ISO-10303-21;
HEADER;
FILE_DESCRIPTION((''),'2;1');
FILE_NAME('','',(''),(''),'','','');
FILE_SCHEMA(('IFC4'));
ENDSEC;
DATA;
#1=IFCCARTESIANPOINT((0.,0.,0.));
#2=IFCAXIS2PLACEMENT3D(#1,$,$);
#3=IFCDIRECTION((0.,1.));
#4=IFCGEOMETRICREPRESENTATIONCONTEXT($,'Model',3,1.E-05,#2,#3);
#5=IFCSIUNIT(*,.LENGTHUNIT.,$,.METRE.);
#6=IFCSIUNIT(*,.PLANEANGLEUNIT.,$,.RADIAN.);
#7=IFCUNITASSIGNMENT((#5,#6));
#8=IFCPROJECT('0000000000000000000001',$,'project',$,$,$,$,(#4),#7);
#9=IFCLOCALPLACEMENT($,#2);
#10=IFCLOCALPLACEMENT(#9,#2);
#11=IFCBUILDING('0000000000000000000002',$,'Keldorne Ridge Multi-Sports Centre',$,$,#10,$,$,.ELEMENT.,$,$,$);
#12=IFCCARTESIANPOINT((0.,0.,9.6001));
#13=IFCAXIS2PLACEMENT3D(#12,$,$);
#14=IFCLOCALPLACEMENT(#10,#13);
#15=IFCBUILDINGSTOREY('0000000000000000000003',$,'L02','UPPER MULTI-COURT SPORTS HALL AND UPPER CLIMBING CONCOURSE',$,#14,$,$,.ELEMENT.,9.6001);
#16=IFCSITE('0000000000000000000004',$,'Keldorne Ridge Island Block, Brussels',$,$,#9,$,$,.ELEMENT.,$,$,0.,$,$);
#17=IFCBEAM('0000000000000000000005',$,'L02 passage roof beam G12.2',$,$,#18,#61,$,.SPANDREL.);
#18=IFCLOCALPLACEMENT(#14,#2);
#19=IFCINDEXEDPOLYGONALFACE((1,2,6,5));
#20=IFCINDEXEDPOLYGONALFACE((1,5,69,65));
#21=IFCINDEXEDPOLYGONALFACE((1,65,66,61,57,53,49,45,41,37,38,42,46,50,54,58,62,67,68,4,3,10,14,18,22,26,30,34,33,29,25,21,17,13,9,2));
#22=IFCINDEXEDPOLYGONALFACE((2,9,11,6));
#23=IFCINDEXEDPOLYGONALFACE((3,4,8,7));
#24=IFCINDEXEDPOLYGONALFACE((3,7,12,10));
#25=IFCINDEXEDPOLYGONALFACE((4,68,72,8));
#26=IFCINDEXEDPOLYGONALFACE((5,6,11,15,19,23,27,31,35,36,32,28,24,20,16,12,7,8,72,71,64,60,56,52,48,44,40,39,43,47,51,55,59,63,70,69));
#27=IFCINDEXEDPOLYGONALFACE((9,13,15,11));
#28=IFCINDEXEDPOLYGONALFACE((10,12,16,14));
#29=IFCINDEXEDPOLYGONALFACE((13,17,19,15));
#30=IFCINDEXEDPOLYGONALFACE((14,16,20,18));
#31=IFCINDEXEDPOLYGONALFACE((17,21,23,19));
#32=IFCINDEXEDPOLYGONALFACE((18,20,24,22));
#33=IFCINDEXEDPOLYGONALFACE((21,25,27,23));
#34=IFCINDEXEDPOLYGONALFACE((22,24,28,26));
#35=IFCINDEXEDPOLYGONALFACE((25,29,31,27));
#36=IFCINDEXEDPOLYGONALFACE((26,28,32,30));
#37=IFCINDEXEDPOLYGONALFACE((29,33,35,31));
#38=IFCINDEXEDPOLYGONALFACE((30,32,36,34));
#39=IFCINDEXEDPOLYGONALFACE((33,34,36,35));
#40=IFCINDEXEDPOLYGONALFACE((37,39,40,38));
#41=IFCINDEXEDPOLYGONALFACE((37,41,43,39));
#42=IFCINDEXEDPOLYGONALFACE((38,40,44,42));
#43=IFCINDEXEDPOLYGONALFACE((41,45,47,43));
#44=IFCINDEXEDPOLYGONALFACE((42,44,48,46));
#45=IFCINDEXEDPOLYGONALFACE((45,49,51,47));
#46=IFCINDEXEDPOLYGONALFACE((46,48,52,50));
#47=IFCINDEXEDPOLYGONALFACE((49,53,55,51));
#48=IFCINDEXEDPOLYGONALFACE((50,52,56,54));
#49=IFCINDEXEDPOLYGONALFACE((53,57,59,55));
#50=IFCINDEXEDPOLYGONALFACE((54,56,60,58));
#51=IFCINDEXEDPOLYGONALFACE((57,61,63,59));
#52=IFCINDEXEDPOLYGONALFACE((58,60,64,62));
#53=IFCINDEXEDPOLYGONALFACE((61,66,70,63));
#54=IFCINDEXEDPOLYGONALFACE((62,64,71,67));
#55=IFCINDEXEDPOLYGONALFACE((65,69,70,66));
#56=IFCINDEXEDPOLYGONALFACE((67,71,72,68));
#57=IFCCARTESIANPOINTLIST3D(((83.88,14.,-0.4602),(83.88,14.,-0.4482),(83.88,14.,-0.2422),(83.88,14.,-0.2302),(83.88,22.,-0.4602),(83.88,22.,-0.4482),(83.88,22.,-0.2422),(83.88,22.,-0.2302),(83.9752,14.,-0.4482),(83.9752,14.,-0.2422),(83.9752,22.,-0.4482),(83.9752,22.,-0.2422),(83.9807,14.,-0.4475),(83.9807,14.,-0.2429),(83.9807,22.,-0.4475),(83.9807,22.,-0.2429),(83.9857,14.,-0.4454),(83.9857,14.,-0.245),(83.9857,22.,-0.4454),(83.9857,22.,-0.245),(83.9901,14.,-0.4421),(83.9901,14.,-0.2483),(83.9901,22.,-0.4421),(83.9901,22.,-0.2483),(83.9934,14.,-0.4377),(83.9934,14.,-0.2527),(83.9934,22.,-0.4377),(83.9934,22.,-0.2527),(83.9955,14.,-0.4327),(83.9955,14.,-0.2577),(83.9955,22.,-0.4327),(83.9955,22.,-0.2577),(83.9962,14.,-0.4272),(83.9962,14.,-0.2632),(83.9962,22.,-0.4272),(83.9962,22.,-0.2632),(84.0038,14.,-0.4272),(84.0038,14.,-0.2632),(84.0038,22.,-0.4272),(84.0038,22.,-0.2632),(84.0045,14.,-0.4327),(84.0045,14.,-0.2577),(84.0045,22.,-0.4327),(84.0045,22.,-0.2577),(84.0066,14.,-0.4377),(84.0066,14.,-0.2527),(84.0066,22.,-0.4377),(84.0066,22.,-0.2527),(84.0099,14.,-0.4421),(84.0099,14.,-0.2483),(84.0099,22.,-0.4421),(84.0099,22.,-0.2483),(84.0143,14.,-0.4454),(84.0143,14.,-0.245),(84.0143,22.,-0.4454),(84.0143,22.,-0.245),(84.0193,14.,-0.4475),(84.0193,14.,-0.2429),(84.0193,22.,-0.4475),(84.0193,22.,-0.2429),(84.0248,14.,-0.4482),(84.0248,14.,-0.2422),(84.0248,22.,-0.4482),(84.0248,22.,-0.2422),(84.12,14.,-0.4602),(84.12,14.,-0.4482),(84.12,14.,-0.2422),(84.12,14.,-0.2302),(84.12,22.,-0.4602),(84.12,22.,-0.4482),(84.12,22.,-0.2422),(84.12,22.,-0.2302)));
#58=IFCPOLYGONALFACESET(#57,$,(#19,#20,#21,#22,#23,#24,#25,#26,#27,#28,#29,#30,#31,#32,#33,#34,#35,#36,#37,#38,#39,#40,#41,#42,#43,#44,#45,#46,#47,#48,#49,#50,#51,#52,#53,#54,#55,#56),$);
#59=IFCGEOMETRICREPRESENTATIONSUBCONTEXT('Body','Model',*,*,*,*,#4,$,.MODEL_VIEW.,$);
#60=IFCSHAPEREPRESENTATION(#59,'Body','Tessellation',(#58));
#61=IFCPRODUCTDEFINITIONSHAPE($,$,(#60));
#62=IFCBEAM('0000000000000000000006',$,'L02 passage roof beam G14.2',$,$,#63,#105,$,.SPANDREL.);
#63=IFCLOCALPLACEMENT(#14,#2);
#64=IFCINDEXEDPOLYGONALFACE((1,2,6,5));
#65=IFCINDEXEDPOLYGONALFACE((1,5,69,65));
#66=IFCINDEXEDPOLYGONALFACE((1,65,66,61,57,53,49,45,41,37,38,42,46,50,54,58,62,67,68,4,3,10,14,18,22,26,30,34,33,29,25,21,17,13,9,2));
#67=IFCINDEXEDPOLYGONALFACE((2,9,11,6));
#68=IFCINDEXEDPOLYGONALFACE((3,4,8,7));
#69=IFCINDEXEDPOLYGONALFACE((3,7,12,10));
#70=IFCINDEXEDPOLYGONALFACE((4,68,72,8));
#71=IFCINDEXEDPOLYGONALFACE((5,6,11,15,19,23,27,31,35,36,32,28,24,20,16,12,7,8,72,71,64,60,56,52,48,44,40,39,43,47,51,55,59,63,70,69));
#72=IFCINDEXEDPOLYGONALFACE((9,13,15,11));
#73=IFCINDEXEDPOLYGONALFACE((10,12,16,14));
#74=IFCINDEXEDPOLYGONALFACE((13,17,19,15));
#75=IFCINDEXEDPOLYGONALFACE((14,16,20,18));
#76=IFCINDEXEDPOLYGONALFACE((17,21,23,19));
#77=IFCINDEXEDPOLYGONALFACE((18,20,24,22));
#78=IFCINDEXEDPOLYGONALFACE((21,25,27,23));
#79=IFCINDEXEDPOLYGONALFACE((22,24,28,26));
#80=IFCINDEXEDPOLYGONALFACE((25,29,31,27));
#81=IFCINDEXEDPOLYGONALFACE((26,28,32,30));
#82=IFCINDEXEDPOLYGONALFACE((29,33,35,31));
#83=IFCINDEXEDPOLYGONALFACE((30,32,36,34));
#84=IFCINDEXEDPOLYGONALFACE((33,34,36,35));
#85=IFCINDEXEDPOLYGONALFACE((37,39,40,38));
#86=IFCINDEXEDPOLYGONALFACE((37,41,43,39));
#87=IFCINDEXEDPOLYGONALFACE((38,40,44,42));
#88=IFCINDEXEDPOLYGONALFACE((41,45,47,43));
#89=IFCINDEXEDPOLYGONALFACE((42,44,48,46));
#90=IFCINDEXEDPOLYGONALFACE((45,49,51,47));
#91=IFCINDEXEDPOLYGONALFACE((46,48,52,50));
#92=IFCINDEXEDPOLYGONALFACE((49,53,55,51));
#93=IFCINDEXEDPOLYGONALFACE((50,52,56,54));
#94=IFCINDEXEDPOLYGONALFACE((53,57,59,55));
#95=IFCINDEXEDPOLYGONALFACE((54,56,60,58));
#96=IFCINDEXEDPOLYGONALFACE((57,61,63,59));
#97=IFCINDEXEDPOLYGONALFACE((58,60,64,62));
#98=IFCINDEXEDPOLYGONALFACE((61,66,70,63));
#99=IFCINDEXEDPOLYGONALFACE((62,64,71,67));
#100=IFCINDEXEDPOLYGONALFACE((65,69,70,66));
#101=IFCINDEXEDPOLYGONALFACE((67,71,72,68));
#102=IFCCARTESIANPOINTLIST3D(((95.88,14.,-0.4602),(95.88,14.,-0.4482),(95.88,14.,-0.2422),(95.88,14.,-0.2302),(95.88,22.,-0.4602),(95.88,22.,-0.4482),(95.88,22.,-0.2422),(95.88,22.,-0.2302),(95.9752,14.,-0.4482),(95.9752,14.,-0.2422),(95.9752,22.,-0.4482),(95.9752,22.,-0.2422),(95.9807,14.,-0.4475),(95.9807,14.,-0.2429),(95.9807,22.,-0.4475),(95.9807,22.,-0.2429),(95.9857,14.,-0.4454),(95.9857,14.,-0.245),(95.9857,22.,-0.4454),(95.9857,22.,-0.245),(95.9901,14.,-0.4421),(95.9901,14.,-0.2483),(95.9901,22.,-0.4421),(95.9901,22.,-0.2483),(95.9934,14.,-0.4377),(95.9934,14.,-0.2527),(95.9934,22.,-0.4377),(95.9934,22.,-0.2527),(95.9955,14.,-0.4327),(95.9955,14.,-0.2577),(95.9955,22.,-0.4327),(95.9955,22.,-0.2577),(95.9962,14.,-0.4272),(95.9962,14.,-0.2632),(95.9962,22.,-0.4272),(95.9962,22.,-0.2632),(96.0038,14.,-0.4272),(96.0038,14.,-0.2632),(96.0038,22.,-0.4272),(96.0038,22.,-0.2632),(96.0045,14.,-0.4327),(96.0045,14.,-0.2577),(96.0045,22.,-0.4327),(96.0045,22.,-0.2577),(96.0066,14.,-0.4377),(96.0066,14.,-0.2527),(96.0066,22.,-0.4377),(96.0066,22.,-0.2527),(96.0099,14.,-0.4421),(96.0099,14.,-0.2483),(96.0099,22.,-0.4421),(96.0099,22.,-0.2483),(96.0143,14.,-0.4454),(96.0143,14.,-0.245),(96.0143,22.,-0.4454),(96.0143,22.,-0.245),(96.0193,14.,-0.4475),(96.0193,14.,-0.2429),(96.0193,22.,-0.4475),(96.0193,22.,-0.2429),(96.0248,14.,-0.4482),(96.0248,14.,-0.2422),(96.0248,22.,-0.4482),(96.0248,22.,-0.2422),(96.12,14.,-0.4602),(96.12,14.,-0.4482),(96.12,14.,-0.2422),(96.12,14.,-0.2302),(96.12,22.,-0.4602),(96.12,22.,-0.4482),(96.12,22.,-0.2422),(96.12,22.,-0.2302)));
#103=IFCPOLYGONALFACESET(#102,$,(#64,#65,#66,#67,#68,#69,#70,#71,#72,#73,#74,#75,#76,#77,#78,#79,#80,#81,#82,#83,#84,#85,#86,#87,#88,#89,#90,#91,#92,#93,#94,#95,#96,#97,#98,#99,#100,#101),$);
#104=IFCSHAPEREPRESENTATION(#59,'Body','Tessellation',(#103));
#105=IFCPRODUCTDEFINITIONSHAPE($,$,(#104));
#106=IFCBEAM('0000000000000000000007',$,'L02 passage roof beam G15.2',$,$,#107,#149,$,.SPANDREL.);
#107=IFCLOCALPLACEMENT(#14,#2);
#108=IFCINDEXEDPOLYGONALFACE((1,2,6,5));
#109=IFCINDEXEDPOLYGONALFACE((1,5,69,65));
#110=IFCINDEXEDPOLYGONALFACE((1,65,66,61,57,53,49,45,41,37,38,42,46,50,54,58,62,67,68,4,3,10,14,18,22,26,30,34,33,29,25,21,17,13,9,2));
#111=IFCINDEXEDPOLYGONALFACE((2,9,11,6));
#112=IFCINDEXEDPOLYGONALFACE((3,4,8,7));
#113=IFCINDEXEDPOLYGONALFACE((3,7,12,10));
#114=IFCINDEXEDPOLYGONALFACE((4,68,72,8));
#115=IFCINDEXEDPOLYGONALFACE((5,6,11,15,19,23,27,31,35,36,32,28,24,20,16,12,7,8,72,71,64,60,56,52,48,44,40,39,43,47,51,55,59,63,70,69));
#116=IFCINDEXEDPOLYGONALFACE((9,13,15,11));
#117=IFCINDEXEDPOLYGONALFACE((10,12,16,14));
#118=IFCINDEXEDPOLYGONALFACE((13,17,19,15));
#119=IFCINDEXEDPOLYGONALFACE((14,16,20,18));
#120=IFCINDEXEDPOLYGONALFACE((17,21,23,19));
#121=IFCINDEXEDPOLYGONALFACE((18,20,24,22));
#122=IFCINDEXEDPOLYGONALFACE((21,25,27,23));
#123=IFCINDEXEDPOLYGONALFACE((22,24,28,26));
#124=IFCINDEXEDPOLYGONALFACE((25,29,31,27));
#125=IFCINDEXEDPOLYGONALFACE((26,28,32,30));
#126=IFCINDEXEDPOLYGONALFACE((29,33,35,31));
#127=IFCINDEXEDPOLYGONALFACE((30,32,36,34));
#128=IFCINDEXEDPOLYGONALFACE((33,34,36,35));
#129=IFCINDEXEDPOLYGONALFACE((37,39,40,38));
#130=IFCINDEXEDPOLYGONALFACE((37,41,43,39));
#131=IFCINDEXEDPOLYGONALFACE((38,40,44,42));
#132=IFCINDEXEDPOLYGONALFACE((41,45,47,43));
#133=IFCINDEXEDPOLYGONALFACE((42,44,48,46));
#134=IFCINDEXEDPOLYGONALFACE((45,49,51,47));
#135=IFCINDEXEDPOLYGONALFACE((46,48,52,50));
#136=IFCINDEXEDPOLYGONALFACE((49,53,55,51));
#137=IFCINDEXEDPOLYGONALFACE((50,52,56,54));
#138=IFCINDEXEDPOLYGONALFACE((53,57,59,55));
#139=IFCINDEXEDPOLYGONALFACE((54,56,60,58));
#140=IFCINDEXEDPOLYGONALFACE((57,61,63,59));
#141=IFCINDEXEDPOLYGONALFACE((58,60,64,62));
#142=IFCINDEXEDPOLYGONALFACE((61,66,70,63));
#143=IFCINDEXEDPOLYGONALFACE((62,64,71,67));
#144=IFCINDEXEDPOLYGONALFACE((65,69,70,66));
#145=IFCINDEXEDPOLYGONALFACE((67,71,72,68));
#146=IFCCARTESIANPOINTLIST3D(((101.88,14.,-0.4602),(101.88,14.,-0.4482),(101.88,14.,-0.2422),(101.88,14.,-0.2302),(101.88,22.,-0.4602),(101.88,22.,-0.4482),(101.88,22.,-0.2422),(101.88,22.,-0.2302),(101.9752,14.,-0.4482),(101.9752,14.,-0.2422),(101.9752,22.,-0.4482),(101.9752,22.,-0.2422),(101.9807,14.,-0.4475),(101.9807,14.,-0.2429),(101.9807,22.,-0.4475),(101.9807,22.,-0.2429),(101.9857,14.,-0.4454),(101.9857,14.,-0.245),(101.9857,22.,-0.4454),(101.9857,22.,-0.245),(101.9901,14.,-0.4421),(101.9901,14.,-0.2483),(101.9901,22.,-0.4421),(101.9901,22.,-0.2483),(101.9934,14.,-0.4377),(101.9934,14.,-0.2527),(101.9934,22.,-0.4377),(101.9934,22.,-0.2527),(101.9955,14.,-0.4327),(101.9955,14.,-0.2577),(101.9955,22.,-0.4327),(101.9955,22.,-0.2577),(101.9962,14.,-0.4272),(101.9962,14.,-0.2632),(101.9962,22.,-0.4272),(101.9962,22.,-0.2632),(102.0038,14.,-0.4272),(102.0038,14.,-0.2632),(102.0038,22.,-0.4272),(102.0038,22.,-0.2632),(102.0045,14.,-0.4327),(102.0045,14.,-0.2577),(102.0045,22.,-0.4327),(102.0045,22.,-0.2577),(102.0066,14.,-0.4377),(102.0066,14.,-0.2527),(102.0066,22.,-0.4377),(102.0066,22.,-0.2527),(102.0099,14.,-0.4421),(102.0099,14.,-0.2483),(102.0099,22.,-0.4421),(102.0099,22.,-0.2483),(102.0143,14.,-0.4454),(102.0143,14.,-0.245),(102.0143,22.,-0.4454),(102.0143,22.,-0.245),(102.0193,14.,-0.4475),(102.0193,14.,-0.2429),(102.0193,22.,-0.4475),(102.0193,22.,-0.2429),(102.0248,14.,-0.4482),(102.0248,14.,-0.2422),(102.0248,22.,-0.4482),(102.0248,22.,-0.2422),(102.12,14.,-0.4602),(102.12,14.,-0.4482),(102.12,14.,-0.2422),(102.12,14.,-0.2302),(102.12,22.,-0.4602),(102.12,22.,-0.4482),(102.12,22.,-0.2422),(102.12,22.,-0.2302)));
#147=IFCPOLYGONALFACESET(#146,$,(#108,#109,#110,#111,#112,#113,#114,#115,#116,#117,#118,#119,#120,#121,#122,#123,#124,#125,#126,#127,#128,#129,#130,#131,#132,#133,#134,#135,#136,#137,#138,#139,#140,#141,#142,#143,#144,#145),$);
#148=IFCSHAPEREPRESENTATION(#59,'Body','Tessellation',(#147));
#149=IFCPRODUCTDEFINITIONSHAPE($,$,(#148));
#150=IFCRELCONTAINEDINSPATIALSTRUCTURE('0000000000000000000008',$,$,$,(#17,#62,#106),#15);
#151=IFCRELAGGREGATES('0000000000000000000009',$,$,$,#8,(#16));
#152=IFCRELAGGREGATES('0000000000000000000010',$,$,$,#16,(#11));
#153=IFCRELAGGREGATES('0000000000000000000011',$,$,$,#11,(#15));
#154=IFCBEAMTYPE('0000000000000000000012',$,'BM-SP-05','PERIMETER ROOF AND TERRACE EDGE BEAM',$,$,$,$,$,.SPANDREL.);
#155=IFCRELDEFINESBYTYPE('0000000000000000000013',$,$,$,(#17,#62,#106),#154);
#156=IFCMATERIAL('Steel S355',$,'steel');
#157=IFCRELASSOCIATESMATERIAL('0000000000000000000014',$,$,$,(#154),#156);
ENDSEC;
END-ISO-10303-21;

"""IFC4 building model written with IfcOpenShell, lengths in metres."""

from ifc_helpers import new_model, si_unit, direction, frame, origin, origin_2d, place, context, subcontext, project, spatial, i_section, extrude, material, material_profile, profile_set, type_object, element, save


model = new_model("IFC4")

# Units and contexts
model_context = context("Model", 3, precision=1e-05, world=origin(), true_north=direction((0.0, 1.0)))
body_context = subcontext(model_context, "Body", "Model", "MODEL_VIEW")
ifc_project = project(units=[si_unit("LENGTHUNIT", "METRE"), si_unit("PLANEANGLEUNIT", "RADIAN")], contexts=[model_context])

# Site, building, storey
site_placement = place(None, origin())
site = spatial("IfcSite", under=ifc_project, at=site_placement, Name="Keldorne Ridge Island Block, Brussels", CompositionType="ELEMENT", RefElevation=0.0)
building_placement = place(site_placement, origin())
building = spatial("IfcBuilding", under=site, at=building_placement, Name="Keldorne Ridge Multi-Sports Centre", CompositionType="ELEMENT")
storey_placement = place(building_placement, frame((0.0, 0.0, 9.6001)))
storey = spatial("IfcBuildingStorey", under=building, at=storey_placement, Name="L02", Description="UPPER MULTI-COURT SPORTS HALL AND UPPER CLIMBING CONCOURSE", CompositionType="ELEMENT", Elevation=9.6001)

# Shared definitions
ifc_material_1 = material(Name="Steel S355", Category="steel")

# Beams
ifc_material_profile_1 = material_profile(ifc_material_1, i_section(OverallWidth=0.24, OverallDepth=0.23, WebThickness=0.0076, FlangeThickness=0.012, FilletRadius=0.021, at=origin_2d()), Name="HEA 240")
ifc_profile_set_1 = profile_set([ifc_material_profile_1], Name="Steel S355")
beam_type_1 = type_object("IfcBeamType", Name="BM-SP-05", Description="PERIMETER ROOF AND TERRACE EDGE BEAM", PredefinedType="SPANDREL", material=ifc_profile_set_1)
for number, where, z_axis, x_axis, name in (
    (1, (84.0, 14.0, -0.3452), (0.0, 1.0, 0.0), (-1.0, 0.0, 0.0), "L02 passage roof beam G12.2"),
    (2, (96.0, 14.0, -0.3452), (0.0, 1.0, 0.0), (-1.0, 0.0, 0.0), "L02 passage roof beam G14.2"),
    (3, (102.0, 14.0, -0.3452), (0.0, 1.0, 0.0), (-1.0, 0.0, 0.0), "L02 passage roof beam G15.2"),
):
    element("IfcBeam", number, at=place(storey_placement, frame(where, z_axis=z_axis, x_axis=x_axis)), inside=storey, type_object=beam_type_1, Name=name, PredefinedType="SPANDREL", context=body_context, shape_type="SweptSolid", body=[
        extrude(i_section(OverallWidth=0.24, OverallDepth=0.23, WebThickness=0.0076, FlangeThickness=0.012, FilletRadius=0.021, at=origin_2d()), origin(), (0.0, 0.0, 1.0), 8.0),
    ])

save(model, "model.ifc")
